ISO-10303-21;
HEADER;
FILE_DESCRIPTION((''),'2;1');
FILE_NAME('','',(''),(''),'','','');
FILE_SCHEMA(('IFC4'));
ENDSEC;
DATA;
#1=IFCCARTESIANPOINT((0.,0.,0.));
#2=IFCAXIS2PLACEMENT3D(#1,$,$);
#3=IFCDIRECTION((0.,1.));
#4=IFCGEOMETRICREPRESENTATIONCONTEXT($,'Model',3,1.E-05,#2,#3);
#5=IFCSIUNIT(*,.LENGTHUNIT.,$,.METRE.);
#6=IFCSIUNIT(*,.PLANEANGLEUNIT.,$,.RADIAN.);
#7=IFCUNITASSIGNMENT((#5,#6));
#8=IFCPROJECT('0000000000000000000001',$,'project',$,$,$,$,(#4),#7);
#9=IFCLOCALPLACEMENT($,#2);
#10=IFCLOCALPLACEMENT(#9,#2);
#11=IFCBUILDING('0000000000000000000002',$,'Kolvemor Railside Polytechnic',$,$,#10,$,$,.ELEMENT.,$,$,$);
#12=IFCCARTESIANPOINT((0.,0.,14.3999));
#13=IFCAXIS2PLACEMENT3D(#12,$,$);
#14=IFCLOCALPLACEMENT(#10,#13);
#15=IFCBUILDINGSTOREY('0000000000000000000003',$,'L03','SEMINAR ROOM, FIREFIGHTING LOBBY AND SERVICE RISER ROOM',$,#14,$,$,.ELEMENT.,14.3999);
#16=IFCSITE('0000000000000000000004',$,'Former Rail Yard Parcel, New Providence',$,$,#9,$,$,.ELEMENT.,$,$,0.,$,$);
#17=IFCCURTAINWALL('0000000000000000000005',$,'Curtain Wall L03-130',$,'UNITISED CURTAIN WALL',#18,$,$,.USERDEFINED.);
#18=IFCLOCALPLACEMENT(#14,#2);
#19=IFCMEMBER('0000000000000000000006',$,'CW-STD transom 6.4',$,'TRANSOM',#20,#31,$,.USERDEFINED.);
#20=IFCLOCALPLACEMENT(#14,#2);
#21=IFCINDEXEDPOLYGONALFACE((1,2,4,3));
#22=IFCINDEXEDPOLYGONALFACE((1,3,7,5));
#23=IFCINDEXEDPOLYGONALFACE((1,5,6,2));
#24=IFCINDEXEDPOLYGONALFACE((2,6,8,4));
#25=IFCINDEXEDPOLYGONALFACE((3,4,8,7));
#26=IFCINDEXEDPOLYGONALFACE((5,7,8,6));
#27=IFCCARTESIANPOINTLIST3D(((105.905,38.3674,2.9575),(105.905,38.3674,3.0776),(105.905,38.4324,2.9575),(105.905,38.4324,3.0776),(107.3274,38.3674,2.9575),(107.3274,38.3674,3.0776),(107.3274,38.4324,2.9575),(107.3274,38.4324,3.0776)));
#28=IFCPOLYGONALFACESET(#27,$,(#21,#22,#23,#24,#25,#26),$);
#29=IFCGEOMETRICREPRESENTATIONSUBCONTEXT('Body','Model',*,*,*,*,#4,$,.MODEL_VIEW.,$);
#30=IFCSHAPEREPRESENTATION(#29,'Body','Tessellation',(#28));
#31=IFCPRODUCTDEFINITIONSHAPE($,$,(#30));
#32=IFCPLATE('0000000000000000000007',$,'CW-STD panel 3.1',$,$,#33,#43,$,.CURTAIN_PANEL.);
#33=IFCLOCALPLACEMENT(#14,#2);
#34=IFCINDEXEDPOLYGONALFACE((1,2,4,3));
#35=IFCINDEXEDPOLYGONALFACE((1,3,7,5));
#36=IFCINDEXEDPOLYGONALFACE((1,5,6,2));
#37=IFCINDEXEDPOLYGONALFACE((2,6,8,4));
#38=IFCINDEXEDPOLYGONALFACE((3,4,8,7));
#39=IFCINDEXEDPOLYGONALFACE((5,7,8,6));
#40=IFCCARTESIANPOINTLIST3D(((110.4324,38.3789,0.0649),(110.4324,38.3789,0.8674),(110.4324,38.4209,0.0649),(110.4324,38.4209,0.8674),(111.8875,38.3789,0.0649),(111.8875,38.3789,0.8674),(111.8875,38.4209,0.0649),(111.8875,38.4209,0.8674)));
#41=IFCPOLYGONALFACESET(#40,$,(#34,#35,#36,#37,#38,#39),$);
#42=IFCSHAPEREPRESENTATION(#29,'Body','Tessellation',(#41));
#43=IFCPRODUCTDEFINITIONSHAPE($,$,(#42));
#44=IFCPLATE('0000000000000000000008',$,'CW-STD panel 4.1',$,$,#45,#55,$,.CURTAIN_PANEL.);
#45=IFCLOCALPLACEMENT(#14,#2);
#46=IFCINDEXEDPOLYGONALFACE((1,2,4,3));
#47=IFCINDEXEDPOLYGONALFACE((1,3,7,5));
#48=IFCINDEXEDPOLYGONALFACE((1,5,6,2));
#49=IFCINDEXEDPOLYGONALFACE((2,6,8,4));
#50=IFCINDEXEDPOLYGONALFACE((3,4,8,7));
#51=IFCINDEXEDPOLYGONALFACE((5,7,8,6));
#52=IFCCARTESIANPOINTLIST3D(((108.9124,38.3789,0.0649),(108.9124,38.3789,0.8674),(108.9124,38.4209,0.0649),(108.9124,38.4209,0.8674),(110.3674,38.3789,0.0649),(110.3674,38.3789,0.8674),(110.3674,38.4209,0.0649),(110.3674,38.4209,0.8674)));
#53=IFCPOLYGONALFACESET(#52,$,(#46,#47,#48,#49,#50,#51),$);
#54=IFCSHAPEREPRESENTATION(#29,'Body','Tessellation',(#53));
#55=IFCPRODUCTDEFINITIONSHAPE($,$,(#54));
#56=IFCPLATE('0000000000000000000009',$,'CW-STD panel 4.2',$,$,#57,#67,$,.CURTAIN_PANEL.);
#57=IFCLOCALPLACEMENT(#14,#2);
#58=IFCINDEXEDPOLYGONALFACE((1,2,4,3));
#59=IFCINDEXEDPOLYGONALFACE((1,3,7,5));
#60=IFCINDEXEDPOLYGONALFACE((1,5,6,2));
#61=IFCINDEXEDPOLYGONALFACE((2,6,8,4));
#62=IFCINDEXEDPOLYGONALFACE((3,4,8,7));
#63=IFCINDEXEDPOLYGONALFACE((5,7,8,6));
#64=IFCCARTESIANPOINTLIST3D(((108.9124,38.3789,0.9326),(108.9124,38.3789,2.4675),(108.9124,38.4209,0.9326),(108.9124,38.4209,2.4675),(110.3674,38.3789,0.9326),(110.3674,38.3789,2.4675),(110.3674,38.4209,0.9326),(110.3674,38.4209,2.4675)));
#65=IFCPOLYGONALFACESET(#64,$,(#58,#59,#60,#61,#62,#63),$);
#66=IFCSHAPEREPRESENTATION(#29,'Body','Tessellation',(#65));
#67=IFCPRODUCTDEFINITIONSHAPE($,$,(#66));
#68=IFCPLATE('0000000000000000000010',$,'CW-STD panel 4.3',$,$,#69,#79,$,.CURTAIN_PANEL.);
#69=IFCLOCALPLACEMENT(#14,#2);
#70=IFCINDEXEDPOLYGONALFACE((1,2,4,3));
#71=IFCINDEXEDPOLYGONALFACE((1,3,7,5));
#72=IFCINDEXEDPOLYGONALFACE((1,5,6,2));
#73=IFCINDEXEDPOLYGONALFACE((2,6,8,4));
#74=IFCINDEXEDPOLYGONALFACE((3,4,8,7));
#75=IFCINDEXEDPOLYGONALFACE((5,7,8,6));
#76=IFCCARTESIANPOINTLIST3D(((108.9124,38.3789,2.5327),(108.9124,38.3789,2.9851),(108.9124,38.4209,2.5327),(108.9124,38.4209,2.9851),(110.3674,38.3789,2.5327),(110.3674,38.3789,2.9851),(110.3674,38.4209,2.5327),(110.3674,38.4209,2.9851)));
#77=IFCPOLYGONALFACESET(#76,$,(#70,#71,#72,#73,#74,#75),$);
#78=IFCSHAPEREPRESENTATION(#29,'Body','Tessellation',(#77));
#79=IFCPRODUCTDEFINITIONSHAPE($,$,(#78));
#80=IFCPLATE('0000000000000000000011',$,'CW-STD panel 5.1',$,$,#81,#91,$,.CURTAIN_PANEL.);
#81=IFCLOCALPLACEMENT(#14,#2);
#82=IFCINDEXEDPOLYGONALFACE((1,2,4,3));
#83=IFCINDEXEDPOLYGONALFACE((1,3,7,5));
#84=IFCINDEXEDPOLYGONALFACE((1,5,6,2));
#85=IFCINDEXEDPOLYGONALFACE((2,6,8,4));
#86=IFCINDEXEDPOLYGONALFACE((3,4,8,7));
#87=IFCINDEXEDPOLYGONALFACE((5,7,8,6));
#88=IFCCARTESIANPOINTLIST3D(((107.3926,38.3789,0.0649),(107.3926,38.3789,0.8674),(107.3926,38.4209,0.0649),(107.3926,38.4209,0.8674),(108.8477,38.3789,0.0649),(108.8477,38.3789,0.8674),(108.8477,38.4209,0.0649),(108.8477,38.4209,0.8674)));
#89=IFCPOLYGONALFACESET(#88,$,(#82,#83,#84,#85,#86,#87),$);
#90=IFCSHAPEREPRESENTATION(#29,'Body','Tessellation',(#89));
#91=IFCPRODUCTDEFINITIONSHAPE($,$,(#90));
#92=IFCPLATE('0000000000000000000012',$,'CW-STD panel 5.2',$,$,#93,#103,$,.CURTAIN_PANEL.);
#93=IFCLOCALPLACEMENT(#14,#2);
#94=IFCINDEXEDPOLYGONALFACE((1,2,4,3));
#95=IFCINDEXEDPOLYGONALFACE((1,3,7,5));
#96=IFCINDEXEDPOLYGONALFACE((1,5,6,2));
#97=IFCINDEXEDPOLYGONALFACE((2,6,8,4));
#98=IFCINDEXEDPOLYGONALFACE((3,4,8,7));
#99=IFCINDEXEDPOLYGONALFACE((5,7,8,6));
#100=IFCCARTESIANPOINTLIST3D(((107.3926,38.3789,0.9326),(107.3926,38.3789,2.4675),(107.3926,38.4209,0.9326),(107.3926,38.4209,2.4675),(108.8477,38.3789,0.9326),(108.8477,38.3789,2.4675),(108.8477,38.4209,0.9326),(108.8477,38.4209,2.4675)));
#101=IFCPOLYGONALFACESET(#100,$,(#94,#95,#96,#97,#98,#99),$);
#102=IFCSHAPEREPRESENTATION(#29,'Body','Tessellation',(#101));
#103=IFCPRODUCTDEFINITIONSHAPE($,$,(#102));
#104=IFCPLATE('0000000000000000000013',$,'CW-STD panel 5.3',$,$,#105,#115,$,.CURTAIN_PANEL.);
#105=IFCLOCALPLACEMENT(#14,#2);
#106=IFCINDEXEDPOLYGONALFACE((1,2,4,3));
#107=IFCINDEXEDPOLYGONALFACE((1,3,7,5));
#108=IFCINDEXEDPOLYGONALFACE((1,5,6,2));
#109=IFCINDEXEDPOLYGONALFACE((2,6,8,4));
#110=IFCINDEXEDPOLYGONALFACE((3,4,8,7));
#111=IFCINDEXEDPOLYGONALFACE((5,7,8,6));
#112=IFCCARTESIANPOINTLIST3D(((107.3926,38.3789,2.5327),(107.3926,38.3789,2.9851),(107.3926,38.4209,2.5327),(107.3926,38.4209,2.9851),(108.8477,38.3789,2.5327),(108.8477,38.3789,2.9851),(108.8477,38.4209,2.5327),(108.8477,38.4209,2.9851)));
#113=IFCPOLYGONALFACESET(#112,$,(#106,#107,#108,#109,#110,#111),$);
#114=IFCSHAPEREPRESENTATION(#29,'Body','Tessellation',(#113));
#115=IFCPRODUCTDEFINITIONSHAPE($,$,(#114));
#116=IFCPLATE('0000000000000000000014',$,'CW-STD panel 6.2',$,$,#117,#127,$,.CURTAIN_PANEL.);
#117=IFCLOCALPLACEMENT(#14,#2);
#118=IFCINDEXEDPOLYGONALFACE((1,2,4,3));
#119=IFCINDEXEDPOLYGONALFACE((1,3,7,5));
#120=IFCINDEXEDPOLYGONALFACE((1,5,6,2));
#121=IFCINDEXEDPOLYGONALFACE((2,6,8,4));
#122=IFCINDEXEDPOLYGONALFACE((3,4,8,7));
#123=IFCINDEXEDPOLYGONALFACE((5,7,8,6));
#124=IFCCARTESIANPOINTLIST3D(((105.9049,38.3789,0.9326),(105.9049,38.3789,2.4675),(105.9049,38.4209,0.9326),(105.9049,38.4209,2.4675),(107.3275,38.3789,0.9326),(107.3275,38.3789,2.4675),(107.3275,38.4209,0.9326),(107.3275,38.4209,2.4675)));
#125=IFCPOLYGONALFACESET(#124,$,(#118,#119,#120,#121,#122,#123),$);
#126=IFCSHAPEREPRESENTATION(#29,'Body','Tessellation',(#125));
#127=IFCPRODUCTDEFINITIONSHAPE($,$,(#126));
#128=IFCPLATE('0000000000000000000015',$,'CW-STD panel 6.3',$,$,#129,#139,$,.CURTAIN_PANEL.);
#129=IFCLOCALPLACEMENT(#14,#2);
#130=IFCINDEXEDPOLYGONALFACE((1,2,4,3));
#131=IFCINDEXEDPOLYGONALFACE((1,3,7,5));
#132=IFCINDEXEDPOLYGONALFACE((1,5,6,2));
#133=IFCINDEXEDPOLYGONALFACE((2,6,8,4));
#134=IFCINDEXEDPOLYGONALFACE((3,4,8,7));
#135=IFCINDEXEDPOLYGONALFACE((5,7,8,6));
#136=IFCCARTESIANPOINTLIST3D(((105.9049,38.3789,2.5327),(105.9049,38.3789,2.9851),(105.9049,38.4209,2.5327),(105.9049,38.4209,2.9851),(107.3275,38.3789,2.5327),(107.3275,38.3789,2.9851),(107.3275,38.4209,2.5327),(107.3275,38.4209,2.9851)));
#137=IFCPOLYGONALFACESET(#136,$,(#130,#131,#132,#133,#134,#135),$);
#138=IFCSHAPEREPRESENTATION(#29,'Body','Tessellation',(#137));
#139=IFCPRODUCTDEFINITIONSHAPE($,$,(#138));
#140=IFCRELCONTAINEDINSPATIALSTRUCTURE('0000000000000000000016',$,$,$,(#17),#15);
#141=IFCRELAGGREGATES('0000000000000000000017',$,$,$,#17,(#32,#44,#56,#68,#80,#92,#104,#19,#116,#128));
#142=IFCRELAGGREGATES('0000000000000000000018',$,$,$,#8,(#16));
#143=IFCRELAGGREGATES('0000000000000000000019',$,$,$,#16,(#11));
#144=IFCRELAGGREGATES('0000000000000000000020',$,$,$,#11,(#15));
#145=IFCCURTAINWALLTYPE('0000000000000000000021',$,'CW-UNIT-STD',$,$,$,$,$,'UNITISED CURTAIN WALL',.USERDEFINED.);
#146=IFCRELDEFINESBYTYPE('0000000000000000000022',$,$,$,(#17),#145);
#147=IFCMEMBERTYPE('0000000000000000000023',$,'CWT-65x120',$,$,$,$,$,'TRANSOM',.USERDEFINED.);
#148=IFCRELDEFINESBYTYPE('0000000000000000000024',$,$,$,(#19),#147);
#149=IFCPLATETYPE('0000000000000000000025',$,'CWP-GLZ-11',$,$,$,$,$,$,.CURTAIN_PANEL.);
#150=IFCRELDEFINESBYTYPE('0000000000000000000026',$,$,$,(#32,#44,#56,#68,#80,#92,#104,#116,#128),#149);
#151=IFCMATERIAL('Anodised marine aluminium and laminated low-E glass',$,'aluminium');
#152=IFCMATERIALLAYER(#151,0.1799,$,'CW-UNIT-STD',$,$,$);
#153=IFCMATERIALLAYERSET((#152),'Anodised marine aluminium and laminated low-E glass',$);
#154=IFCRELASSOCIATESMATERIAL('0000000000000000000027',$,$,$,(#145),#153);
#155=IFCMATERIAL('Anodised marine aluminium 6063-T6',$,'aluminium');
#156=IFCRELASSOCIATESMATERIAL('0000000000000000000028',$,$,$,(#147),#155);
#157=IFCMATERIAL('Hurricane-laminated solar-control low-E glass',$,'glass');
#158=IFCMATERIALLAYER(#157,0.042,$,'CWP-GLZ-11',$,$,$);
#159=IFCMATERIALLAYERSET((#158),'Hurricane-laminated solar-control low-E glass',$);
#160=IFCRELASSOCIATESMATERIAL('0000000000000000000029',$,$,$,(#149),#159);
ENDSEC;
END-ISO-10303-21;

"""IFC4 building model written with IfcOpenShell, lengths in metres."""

from ifc_helpers import new_model, si_unit, direction, frame, origin, origin_2d, place, context, subcontext, project, spatial, rectangle, extrude, material, layer, layer_set, material_profile, profile_set, type_object, element, aggregate, save


model = new_model("IFC4")

# Units and contexts
model_context = context("Model", 3, precision=1e-05, world=origin(), true_north=direction((0.0, 1.0)))
body_context = subcontext(model_context, "Body", "Model", "MODEL_VIEW")
ifc_project = project(units=[si_unit("LENGTHUNIT", "METRE"), si_unit("PLANEANGLEUNIT", "RADIAN")], contexts=[model_context])

# Site, building, storey
site_placement = place(None, origin())
site = spatial("IfcSite", under=ifc_project, at=site_placement, Name="Former Rail Yard Parcel, New Providence", CompositionType="ELEMENT", RefElevation=0.0)
building_placement = place(site_placement, origin())
building = spatial("IfcBuilding", under=site, at=building_placement, Name="Kolvemor Railside Polytechnic", CompositionType="ELEMENT")
storey_placement = place(building_placement, frame((0.0, 0.0, 14.3999)))
storey = spatial("IfcBuildingStorey", under=building, at=storey_placement, Name="L03", Description="SEMINAR ROOM, FIREFIGHTING LOBBY AND SERVICE RISER ROOM", CompositionType="ELEMENT", Elevation=14.3999)

# Curtain wall, member, plates
ifc_material_1 = material(Name="Anodised marine aluminium and laminated low-E glass", Category="aluminium")
ifc_layer_1 = layer(ifc_material_1, 0.1799, Name="CW-UNIT-STD")
ifc_layer_set_1 = layer_set([ifc_layer_1], Name="Anodised marine aluminium and laminated low-E glass")
curtain_wall_type = type_object("IfcCurtainWallType", Name="CW-UNIT-STD", ElementType="UNITISED CURTAIN WALL", PredefinedType="USERDEFINED", material=ifc_layer_set_1)
curtain_wall_placement = place(storey_placement, origin())
curtain_wall = element("IfcCurtainWall", 1, at=curtain_wall_placement, inside=storey, type_object=curtain_wall_type, Name="Curtain Wall L03-130", ObjectType="UNITISED CURTAIN WALL", PredefinedType="USERDEFINED")
ifc_material_2 = material(Name="Anodised marine aluminium 6063-T6", Category="aluminium")
ifc_material_profile_1 = material_profile(ifc_material_2, rectangle(XDim=0.0649, YDim=0.1201, at=origin_2d()), Name="CW-TRN-65x120")
ifc_profile_set_1 = profile_set([ifc_material_profile_1], Name="Anodised marine aluminium 6063-T6")
member_type_1 = type_object("IfcMemberType", Name="CWT-65x120", ElementType="TRANSOM", PredefinedType="USERDEFINED", material=ifc_profile_set_1)
member_1_placement = place(storey_placement, frame((107.3274, 38.3999, 3.0176), z_axis=(-1.0, 0.0, 0.0), x_axis=(0.0, -1.0, 0.0)))
member_1 = element("IfcMember", 2, at=member_1_placement, type_object=member_type_1, Name="CW-STD transom 6.4", ObjectType="TRANSOM", PredefinedType="USERDEFINED", context=body_context, shape_type="SweptSolid", body=[
    extrude(rectangle(XDim=0.0649, YDim=0.1201, at=origin_2d()), origin(), (0.0, 0.0, 1.0), 1.4224),
])
ifc_material_3 = material(Name="Hurricane-laminated solar-control low-E glass", Category="glass")
ifc_layer_2 = layer(ifc_material_3, 0.042, Name="CWP-GLZ-11")
ifc_layer_set_2 = layer_set([ifc_layer_2], Name="Hurricane-laminated solar-control low-E glass")
plate_type = type_object("IfcPlateType", Name="CWP-GLZ-11", PredefinedType="CURTAIN_PANEL", material=ifc_layer_set_2)
plate_1_placement = place(storey_placement, frame((111.1599, 38.3999, 0.0649), z_axis=(0.0, 0.0, 1.0), x_axis=(-1.0, 0.0, 0.0)))
plate_1 = element("IfcPlate", 3, at=plate_1_placement, type_object=plate_type, Name="CW-STD panel 3.1", PredefinedType="CURTAIN_PANEL", context=body_context, shape_type="SweptSolid", body=[
    extrude(rectangle(XDim=1.4551, YDim=0.042, at=origin_2d()), origin(), (0.0, 0.0, 1.0), 0.8025),
])
plate_2_placement = place(storey_placement, frame((109.6399, 38.3999, 0.0649), z_axis=(0.0, 0.0, 1.0), x_axis=(-1.0, 0.0, 0.0)))
plate_2 = element("IfcPlate", 4, at=plate_2_placement, type_object=plate_type, Name="CW-STD panel 4.1", PredefinedType="CURTAIN_PANEL", context=body_context, shape_type="SweptSolid", body=[
    extrude(rectangle(XDim=1.4551, YDim=0.042, at=origin_2d()), origin(), (0.0, 0.0, 1.0), 0.8025),
])
plate_3_placement = place(storey_placement, frame((109.6399, 38.3999, 0.9326), z_axis=(0.0, 0.0, 1.0), x_axis=(-1.0, 0.0, 0.0)))
plate_3 = element("IfcPlate", 5, at=plate_3_placement, type_object=plate_type, Name="CW-STD panel 4.2", PredefinedType="CURTAIN_PANEL", context=body_context, shape_type="SweptSolid", body=[
    extrude(rectangle(XDim=1.4551, YDim=0.042, at=origin_2d()), origin(), (0.0, 0.0, 1.0), 1.5349),
])
plate_4_placement = place(storey_placement, frame((109.6399, 38.3999, 2.5327), z_axis=(0.0, 0.0, 1.0), x_axis=(-1.0, 0.0, 0.0)))
plate_4 = element("IfcPlate", 6, at=plate_4_placement, type_object=plate_type, Name="CW-STD panel 4.3", PredefinedType="CURTAIN_PANEL", context=body_context, shape_type="SweptSolid", body=[
    extrude(rectangle(XDim=1.4551, YDim=0.042, at=origin_2d()), origin(), (0.0, 0.0, 1.0), 0.4524),
])
plate_5_placement = place(storey_placement, frame((108.1201, 38.3999, 0.0649), z_axis=(0.0, 0.0, 1.0), x_axis=(-1.0, 0.0, 0.0)))
plate_5 = element("IfcPlate", 7, at=plate_5_placement, type_object=plate_type, Name="CW-STD panel 5.1", PredefinedType="CURTAIN_PANEL", context=body_context, shape_type="SweptSolid", body=[
    extrude(rectangle(XDim=1.4551, YDim=0.042, at=origin_2d()), origin(), (0.0, 0.0, 1.0), 0.8025),
])
plate_6_placement = place(storey_placement, frame((108.1201, 38.3999, 0.9326), z_axis=(0.0, 0.0, 1.0), x_axis=(-1.0, 0.0, 0.0)))
plate_6 = element("IfcPlate", 8, at=plate_6_placement, type_object=plate_type, Name="CW-STD panel 5.2", PredefinedType="CURTAIN_PANEL", context=body_context, shape_type="SweptSolid", body=[
    extrude(rectangle(XDim=1.4551, YDim=0.042, at=origin_2d()), origin(), (0.0, 0.0, 1.0), 1.5349),
])
plate_7_placement = place(storey_placement, frame((108.1201, 38.3999, 2.5327), z_axis=(0.0, 0.0, 1.0), x_axis=(-1.0, 0.0, 0.0)))
plate_7 = element("IfcPlate", 9, at=plate_7_placement, type_object=plate_type, Name="CW-STD panel 5.3", PredefinedType="CURTAIN_PANEL", context=body_context, shape_type="SweptSolid", body=[
    extrude(rectangle(XDim=1.4551, YDim=0.042, at=origin_2d()), origin(), (0.0, 0.0, 1.0), 0.4524),
])
plate_8_placement = place(storey_placement, frame((106.6162, 38.3999, 0.9326), z_axis=(0.0, 0.0, 1.0), x_axis=(-1.0, 0.0, 0.0)))
plate_8 = element("IfcPlate", 10, at=plate_8_placement, type_object=plate_type, Name="CW-STD panel 6.2", PredefinedType="CURTAIN_PANEL", context=body_context, shape_type="SweptSolid", body=[
    extrude(rectangle(XDim=1.4226, YDim=0.042, at=origin_2d()), origin(), (0.0, 0.0, 1.0), 1.5349),
])
plate_9_placement = place(storey_placement, frame((106.6162, 38.3999, 2.5327), z_axis=(0.0, 0.0, 1.0), x_axis=(-1.0, 0.0, 0.0)))
plate_9 = element("IfcPlate", 11, at=plate_9_placement, type_object=plate_type, Name="CW-STD panel 6.3", PredefinedType="CURTAIN_PANEL", context=body_context, shape_type="SweptSolid", body=[
    extrude(rectangle(XDim=1.4226, YDim=0.042, at=origin_2d()), origin(), (0.0, 0.0, 1.0), 0.4524),
])
aggregate(curtain_wall, [plate_1, plate_2, plate_3, plate_4, plate_5, plate_6, plate_7, member_1, plate_8, plate_9])

save(model, "model.ifc")
